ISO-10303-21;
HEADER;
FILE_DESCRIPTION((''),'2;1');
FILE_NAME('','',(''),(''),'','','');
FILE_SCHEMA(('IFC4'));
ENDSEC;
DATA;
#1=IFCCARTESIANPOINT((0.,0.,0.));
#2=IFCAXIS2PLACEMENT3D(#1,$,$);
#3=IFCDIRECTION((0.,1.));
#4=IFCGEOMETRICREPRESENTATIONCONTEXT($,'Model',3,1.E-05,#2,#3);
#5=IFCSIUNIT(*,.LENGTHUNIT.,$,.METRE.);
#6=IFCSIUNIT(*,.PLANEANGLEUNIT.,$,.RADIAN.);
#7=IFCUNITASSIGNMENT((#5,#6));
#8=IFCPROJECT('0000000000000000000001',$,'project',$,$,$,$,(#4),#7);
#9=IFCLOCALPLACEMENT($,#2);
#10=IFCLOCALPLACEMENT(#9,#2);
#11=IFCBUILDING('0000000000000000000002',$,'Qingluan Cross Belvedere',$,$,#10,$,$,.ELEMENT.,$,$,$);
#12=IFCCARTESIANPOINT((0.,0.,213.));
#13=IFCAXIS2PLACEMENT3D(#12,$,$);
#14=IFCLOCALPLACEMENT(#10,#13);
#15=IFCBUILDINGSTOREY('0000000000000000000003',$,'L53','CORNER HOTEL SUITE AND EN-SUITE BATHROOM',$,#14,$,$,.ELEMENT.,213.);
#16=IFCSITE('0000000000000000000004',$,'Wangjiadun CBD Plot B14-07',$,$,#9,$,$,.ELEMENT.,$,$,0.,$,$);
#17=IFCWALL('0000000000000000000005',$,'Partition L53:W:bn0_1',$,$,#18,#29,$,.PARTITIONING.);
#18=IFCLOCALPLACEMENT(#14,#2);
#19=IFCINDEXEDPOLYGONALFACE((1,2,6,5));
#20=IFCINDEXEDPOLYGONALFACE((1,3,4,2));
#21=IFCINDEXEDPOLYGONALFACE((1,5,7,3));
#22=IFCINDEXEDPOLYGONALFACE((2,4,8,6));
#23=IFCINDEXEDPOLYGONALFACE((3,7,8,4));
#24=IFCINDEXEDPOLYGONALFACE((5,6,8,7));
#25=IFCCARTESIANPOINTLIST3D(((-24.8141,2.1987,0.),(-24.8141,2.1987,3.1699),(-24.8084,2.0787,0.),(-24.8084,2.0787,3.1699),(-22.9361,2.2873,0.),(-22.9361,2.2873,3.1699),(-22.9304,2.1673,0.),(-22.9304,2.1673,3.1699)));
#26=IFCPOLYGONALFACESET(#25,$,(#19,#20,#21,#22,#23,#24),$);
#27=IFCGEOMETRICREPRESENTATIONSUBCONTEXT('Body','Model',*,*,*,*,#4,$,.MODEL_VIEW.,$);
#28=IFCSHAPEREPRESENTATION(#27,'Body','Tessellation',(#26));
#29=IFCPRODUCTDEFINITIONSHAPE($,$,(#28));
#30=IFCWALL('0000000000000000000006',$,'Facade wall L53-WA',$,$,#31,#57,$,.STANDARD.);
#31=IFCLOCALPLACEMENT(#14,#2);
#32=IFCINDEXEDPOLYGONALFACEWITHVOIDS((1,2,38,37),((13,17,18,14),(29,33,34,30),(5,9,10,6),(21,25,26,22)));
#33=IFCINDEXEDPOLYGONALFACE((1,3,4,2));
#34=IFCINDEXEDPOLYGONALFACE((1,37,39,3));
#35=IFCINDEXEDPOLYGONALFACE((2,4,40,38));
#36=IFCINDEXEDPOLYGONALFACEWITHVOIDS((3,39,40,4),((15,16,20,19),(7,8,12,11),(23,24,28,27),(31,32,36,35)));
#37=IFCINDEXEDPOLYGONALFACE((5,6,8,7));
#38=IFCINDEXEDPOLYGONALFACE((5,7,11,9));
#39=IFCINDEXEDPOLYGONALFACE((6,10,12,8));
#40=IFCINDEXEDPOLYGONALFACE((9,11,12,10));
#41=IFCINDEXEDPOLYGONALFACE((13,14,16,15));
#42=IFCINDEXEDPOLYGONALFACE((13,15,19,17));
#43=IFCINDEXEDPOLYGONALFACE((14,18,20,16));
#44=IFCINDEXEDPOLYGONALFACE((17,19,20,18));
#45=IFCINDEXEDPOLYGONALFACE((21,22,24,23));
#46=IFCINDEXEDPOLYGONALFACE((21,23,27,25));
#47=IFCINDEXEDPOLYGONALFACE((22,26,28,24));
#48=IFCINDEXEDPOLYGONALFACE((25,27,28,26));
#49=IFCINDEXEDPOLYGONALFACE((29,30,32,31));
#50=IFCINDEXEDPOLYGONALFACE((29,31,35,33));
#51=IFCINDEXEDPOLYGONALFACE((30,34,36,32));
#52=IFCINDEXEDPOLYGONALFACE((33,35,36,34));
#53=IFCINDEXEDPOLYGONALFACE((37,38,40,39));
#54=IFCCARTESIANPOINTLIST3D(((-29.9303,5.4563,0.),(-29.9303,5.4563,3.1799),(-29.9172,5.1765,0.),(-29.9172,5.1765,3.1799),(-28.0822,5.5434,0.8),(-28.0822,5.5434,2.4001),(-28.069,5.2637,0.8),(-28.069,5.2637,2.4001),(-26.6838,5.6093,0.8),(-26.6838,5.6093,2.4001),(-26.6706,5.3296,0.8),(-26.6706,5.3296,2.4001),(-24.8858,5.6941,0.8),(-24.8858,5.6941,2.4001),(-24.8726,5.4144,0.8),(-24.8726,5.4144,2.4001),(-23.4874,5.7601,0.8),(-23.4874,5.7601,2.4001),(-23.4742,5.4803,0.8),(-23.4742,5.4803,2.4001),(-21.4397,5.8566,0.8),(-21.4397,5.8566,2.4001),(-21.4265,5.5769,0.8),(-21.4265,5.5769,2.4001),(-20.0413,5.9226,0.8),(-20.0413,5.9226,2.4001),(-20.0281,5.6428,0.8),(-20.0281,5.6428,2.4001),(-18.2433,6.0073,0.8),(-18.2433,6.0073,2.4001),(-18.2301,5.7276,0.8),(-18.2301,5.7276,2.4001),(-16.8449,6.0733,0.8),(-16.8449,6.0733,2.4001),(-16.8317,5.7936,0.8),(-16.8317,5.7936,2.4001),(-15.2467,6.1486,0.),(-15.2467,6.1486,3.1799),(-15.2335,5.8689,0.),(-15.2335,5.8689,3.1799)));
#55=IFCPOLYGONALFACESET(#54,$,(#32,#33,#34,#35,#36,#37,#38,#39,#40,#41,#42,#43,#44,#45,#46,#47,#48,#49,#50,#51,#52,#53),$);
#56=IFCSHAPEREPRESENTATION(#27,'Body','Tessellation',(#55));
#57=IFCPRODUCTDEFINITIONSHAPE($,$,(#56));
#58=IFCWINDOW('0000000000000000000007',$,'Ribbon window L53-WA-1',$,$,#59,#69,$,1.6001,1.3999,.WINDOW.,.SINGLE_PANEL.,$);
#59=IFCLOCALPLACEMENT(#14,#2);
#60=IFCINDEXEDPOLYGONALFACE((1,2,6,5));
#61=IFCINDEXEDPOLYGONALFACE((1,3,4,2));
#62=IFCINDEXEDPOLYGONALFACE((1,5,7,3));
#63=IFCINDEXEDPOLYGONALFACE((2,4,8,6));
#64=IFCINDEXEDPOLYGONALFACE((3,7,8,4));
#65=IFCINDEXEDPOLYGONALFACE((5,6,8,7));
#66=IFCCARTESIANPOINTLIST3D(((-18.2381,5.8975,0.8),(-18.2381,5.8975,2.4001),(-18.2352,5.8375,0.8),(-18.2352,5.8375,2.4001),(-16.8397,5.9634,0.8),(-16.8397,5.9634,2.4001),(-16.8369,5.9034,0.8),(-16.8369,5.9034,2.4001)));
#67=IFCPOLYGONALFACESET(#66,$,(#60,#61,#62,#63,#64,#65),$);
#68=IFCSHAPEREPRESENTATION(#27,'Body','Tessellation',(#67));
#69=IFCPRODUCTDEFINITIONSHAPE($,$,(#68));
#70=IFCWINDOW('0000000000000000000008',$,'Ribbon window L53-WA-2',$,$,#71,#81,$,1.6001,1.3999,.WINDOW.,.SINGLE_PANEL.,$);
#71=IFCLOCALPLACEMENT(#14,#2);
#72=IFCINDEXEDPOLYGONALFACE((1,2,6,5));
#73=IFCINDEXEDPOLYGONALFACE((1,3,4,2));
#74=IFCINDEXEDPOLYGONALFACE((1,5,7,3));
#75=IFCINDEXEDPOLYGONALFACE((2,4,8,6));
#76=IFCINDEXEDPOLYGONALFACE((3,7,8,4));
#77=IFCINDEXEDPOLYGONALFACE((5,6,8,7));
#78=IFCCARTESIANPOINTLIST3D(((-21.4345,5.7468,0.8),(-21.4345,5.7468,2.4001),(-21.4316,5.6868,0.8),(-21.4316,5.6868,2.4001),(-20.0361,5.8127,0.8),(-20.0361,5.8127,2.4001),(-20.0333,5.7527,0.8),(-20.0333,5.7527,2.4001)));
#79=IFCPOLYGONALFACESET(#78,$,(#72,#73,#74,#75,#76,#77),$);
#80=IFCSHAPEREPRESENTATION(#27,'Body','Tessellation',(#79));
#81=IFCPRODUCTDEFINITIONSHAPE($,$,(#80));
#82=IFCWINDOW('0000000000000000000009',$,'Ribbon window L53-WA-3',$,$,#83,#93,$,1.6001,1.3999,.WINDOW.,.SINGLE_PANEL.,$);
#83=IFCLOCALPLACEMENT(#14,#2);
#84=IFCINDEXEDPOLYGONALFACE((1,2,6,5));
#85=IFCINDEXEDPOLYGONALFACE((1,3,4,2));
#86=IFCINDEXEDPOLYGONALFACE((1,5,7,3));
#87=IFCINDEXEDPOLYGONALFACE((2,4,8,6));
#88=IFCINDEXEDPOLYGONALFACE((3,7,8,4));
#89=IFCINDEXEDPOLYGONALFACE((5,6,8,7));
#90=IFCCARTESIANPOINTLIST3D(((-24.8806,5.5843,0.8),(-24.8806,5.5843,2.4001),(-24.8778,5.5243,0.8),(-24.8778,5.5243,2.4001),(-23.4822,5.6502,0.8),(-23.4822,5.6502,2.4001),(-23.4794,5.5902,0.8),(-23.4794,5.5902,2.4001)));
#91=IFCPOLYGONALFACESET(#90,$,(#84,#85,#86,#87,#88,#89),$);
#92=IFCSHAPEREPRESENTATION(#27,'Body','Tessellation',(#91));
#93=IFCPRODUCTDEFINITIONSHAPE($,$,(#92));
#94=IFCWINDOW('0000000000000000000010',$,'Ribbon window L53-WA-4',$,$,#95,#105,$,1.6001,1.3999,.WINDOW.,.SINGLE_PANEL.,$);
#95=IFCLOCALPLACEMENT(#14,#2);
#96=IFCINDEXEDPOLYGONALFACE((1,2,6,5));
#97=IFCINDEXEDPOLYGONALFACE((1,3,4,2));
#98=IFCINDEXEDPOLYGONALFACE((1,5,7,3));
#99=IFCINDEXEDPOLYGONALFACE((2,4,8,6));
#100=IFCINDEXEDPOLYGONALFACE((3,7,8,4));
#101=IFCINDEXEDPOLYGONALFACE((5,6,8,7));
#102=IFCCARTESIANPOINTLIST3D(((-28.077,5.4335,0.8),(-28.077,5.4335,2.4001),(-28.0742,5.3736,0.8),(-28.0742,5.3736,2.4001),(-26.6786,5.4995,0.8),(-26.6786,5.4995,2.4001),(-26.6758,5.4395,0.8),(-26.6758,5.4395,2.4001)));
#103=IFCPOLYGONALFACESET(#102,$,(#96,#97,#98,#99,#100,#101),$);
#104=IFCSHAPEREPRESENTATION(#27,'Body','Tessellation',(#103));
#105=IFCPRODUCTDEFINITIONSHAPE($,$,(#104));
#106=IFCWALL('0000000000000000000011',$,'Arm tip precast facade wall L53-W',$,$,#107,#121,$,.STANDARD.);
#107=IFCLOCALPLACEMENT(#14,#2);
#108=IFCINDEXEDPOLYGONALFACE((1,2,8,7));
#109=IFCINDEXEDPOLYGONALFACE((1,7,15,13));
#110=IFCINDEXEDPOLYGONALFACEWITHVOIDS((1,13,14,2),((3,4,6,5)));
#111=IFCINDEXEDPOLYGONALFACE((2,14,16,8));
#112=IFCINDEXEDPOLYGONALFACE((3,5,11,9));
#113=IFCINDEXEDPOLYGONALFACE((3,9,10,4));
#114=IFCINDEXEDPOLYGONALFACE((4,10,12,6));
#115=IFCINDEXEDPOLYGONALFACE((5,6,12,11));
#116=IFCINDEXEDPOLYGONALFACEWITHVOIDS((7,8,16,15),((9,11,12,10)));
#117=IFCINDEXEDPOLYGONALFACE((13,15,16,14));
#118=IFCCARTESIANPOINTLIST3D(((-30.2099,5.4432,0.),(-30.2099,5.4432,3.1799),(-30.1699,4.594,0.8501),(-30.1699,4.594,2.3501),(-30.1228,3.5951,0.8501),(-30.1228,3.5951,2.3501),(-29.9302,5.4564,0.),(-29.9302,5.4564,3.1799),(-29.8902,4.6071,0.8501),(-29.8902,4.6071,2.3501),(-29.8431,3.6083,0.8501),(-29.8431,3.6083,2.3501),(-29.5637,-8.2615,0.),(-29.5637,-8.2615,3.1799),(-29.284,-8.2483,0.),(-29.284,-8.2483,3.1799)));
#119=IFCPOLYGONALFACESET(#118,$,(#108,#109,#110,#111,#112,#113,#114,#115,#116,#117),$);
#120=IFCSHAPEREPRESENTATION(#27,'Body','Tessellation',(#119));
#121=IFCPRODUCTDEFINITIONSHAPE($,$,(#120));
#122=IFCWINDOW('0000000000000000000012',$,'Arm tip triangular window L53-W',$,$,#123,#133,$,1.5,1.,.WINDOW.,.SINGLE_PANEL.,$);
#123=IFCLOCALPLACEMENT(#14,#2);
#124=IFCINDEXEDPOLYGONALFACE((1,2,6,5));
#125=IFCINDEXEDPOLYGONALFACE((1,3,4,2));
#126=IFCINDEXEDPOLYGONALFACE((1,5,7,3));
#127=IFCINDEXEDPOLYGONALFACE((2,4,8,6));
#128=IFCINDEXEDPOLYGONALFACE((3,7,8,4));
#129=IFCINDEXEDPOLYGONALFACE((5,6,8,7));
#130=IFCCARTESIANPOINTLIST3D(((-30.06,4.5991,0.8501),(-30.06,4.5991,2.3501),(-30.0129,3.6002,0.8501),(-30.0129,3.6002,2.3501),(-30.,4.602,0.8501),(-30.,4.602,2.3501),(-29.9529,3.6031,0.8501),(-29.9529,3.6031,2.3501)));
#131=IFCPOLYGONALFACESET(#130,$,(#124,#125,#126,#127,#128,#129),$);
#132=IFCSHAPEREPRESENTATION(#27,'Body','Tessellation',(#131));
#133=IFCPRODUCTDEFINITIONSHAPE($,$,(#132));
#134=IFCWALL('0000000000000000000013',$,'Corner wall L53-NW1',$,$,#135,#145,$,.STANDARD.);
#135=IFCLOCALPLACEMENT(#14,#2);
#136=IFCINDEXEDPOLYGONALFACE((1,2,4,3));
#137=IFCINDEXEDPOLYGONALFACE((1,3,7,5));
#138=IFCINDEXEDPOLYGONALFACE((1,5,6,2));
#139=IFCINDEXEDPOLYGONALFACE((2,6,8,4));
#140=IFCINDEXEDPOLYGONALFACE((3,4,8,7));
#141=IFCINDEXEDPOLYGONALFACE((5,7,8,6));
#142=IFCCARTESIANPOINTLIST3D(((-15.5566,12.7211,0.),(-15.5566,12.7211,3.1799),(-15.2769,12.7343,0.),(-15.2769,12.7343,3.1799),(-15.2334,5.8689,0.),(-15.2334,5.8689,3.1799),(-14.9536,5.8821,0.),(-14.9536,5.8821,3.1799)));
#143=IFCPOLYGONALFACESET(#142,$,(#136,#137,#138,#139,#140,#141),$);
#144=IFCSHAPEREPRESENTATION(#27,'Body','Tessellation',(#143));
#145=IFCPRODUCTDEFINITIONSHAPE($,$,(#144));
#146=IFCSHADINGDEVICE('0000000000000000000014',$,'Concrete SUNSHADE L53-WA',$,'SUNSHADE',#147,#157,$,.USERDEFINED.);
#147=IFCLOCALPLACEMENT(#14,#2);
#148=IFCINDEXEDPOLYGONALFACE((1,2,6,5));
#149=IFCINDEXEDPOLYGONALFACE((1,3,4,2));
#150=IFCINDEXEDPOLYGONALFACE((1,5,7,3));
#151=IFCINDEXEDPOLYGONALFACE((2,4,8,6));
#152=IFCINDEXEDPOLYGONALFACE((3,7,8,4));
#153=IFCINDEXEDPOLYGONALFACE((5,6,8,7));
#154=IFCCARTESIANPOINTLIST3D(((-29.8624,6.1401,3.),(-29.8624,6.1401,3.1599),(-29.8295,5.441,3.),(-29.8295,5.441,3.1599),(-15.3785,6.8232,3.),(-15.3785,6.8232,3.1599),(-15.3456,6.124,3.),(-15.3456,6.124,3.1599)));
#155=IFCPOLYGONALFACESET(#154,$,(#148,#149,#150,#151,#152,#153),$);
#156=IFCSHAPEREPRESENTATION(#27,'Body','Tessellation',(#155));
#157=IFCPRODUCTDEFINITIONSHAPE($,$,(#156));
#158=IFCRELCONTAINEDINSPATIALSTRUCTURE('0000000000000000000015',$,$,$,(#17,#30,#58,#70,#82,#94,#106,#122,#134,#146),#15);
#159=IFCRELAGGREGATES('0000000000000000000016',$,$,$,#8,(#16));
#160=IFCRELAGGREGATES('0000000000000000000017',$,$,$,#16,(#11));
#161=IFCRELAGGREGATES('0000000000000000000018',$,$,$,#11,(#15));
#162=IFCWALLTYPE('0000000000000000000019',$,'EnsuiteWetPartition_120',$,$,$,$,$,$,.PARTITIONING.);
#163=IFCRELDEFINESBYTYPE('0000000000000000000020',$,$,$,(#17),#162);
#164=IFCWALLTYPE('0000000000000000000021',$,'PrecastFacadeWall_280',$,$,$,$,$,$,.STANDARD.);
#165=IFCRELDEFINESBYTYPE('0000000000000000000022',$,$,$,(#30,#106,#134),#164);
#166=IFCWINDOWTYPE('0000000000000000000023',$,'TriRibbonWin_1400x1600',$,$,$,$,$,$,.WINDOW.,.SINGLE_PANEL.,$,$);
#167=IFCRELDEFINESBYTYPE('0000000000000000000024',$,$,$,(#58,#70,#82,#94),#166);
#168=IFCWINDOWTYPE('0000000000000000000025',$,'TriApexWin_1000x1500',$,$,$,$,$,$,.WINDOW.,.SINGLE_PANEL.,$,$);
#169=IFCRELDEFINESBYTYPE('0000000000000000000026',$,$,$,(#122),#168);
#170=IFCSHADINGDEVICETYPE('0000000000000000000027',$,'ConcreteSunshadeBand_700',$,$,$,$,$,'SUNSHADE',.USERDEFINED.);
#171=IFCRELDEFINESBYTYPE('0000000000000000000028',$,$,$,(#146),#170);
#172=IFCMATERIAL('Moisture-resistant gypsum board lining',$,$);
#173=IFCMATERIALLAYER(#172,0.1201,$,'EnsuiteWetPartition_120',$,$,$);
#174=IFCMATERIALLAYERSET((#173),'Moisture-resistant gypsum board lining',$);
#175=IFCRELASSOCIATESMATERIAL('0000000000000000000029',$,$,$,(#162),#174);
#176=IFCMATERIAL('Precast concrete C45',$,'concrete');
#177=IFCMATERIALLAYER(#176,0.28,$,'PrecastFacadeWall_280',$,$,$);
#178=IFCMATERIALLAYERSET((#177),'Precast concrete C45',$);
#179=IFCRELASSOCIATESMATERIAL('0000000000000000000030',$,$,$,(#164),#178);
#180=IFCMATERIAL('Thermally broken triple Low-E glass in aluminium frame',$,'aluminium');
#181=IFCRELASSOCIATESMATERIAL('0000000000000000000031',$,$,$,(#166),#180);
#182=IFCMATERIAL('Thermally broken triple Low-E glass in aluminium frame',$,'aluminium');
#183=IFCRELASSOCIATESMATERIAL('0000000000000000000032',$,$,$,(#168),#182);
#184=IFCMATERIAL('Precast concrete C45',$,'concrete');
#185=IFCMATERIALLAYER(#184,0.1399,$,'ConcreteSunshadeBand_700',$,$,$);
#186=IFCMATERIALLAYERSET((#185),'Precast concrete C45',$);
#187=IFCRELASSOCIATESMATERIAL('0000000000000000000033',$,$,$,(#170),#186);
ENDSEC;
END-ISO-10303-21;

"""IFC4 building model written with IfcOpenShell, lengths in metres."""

from ifc_helpers import new_model, si_unit, direction, frame, frame_2d, origin, origin_2d, place, context, subcontext, project, spatial, rectangle, extrude, material, layer, layer_set, type_object, element, fill, save


model = new_model("IFC4")

# Units and contexts
model_context = context("Model", 3, precision=1e-05, world=origin(), true_north=direction((0.0, 1.0)))
body_context = subcontext(model_context, "Body", "Model", "MODEL_VIEW")
ifc_project = project(units=[si_unit("LENGTHUNIT", "METRE"), si_unit("PLANEANGLEUNIT", "RADIAN")], contexts=[model_context])

# Site, building, storey
site_placement = place(None, origin())
site = spatial("IfcSite", under=ifc_project, at=site_placement, Name="Wangjiadun CBD Plot B14-07", CompositionType="ELEMENT", RefElevation=0.0)
building_placement = place(site_placement, origin())
building = spatial("IfcBuilding", under=site, at=building_placement, Name="Qingluan Cross Belvedere", CompositionType="ELEMENT")
storey_placement = place(building_placement, frame((0.0, 0.0, 213.0)))
storey = spatial("IfcBuildingStorey", under=building, at=storey_placement, Name="L53", Description="CORNER HOTEL SUITE AND EN-SUITE BATHROOM", CompositionType="ELEMENT", Elevation=213.0)

# Shared definitions
ifc_material_1 = material(Name="Moisture-resistant gypsum board lining")
ifc_layer_1 = layer(ifc_material_1, 0.1201, Name="EnsuiteWetPartition_120")
ifc_layer_set_1 = layer_set([ifc_layer_1], Name="Moisture-resistant gypsum board lining")
wall_type_1 = type_object("IfcWallType", Name="EnsuiteWetPartition_120", PredefinedType="PARTITIONING", material=ifc_layer_set_1)

# Wall
wall_1_placement = place(storey_placement, frame((-22.9333, 2.2273, 0.0), z_axis=(0.0, 0.0, 1.0), x_axis=(-0.998888, -0.047139, 0.0)))
element("IfcWall", 1, at=wall_1_placement, inside=storey, type_object=wall_type_1, Name="Partition L53:W:bn0_1", PredefinedType="PARTITIONING", context=body_context, shape_type="SweptSolid", body=[
    extrude(rectangle(XDim=1.8801, YDim=0.1201, at=frame_2d((0.9399, 0.0))), origin(), (0.0, 0.0, 1.0), 3.1699),
])

# Wall, openings, windows
ifc_material_2 = material(Name="Precast concrete C45", Category="concrete")
ifc_layer_2 = layer(ifc_material_2, 0.28, Name="PrecastFacadeWall_280")
ifc_layer_set_2 = layer_set([ifc_layer_2], Name="Precast concrete C45")
wall_type_2 = type_object("IfcWallType", Name="PrecastFacadeWall_280", PredefinedType="STANDARD", material=ifc_layer_set_2)
wall_2_placement = place(storey_placement, frame((-15.24, 6.0088, 0.0), z_axis=(0.0, 0.0, 1.0), x_axis=(-0.99889, -0.047101, 0.0)))
wall_2 = element("IfcWall", 2, at=wall_2_placement, inside=storey, type_object=wall_type_2, Name="Facade wall L53-WA", PredefinedType="STANDARD", context=body_context, shape_type="SweptSolid", body=[
    extrude(rectangle(XDim=14.7, YDim=0.28, at=frame_2d((7.3501, 0.0))), origin(), (0.0, 0.0, 1.0), 3.1799),
])
opening_1_placement = place(wall_2_placement, frame((1.6001, 0.0, 0.8)))
opening_1 = element("IfcOpeningElement", 3, at=opening_1_placement, cuts=wall_2, PredefinedType="OPENING", context=body_context, shape_type="SweptSolid", body=[
    extrude(rectangle(XDim=1.3999, YDim=1.6001, at=frame_2d((0.7, 0.8))), frame((0.0, 0.1499, 0.0), z_axis=(0.0, -1.0, 0.0), x_axis=(1.0, 0.0, 0.0)), (0.0, 0.0, 1.0), 0.3),
])
opening_2_placement = place(wall_2_placement, frame((4.8, 0.0, 0.8)))
opening_2 = element("IfcOpeningElement", 4, at=opening_2_placement, cuts=wall_2, PredefinedType="OPENING", context=body_context, shape_type="SweptSolid", body=[
    extrude(rectangle(XDim=1.3999, YDim=1.6001, at=frame_2d((0.7, 0.8))), frame((0.0, 0.1499, 0.0), z_axis=(0.0, -1.0, 0.0), x_axis=(1.0, 0.0, 0.0)), (0.0, 0.0, 1.0), 0.3),
])
opening_3_placement = place(wall_2_placement, frame((8.25, 0.0, 0.8)))
opening_3 = element("IfcOpeningElement", 5, at=opening_3_placement, cuts=wall_2, PredefinedType="OPENING", context=body_context, shape_type="SweptSolid", body=[
    extrude(rectangle(XDim=1.3999, YDim=1.6001, at=frame_2d((0.7, 0.8))), frame((0.0, 0.1499, 0.0), z_axis=(0.0, -1.0, 0.0), x_axis=(1.0, 0.0, 0.0)), (0.0, 0.0, 1.0), 0.3),
])
opening_4_placement = place(wall_2_placement, frame((11.45, 0.0, 0.8)))
opening_4 = element("IfcOpeningElement", 6, at=opening_4_placement, cuts=wall_2, PredefinedType="OPENING", context=body_context, shape_type="SweptSolid", body=[
    extrude(rectangle(XDim=1.3999, YDim=1.6001, at=frame_2d((0.7, 0.8))), frame((0.0, 0.1499, 0.0), z_axis=(0.0, -1.0, 0.0), x_axis=(1.0, 0.0, 0.0)), (0.0, 0.0, 1.0), 0.3),
])
ifc_material_3 = material(Name="Thermally broken triple Low-E glass in aluminium frame", Category="aluminium")
window_type_1 = type_object("IfcWindowType", Name="TriRibbonWin_1400x1600", PartitioningType="SINGLE_PANEL", PredefinedType="WINDOW", material=ifc_material_3)
window_1_placement = place(opening_1_placement, origin())
window_1 = element("IfcWindow", 7, at=window_1_placement, inside=storey, type_object=window_type_1, Name="Ribbon window L53-WA-1", OverallHeight=1.6001, OverallWidth=1.3999, PartitioningType="SINGLE_PANEL", PredefinedType="WINDOW", context=body_context, shape_type="SweptSolid", body=[
    extrude(rectangle(XDim=1.3999, YDim=1.6001, at=frame_2d((0.7, 0.8))), frame((0.0, 0.03, 0.0), z_axis=(0.0, -1.0, 0.0), x_axis=(1.0, 0.0, 0.0)), (0.0, 0.0, 1.0), 0.0601),
])
fill(opening_1, window_1)
window_2_placement = place(opening_2_placement, origin())
window_2 = element("IfcWindow", 8, at=window_2_placement, inside=storey, type_object=window_type_1, Name="Ribbon window L53-WA-2", OverallHeight=1.6001, OverallWidth=1.3999, PartitioningType="SINGLE_PANEL", PredefinedType="WINDOW", context=body_context, shape_type="SweptSolid", body=[
    extrude(rectangle(XDim=1.3999, YDim=1.6001, at=frame_2d((0.7, 0.8))), frame((0.0, 0.03, 0.0), z_axis=(0.0, -1.0, 0.0), x_axis=(1.0, 0.0, 0.0)), (0.0, 0.0, 1.0), 0.0601),
])
fill(opening_2, window_2)
window_3_placement = place(opening_3_placement, origin())
window_3 = element("IfcWindow", 9, at=window_3_placement, inside=storey, type_object=window_type_1, Name="Ribbon window L53-WA-3", OverallHeight=1.6001, OverallWidth=1.3999, PartitioningType="SINGLE_PANEL", PredefinedType="WINDOW", context=body_context, shape_type="SweptSolid", body=[
    extrude(rectangle(XDim=1.3999, YDim=1.6001, at=frame_2d((0.7, 0.8))), frame((0.0, 0.03, 0.0), z_axis=(0.0, -1.0, 0.0), x_axis=(1.0, 0.0, 0.0)), (0.0, 0.0, 1.0), 0.0601),
])
fill(opening_3, window_3)
window_4_placement = place(opening_4_placement, origin())
window_4 = element("IfcWindow", 10, at=window_4_placement, inside=storey, type_object=window_type_1, Name="Ribbon window L53-WA-4", OverallHeight=1.6001, OverallWidth=1.3999, PartitioningType="SINGLE_PANEL", PredefinedType="WINDOW", context=body_context, shape_type="SweptSolid", body=[
    extrude(rectangle(XDim=1.3999, YDim=1.6001, at=frame_2d((0.7, 0.8))), frame((0.0, 0.03, 0.0), z_axis=(0.0, -1.0, 0.0), x_axis=(1.0, 0.0, 0.0)), (0.0, 0.0, 1.0), 0.0601),
])
fill(opening_4, window_4)

# Wall, opening, window
wall_3_placement = place(storey_placement, frame((-30.0701, 5.4497, 0.0), z_axis=(0.0, 0.0, 1.0), x_axis=(0.047102, -0.99889, 0.0)))
wall_3 = element("IfcWall", 11, at=wall_3_placement, inside=storey, type_object=wall_type_2, Name="Arm tip precast facade wall L53-W", PredefinedType="STANDARD", context=body_context, shape_type="SweptSolid", body=[
    extrude(rectangle(XDim=13.72, YDim=0.28, at=frame_2d((6.8599, 0.0))), origin(), (0.0, 0.0, 1.0), 3.1799),
])
opening_5_placement = place(wall_3_placement, frame((0.8501, 0.0, 0.8501)))
opening_5 = element("IfcOpeningElement", 12, at=opening_5_placement, cuts=wall_3, PredefinedType="OPENING", context=body_context, shape_type="SweptSolid", body=[
    extrude(rectangle(XDim=1.0, YDim=1.5, at=frame_2d((0.5, 0.75))), frame((0.0, 0.1499, 0.0), z_axis=(0.0, -1.0, 0.0), x_axis=(1.0, 0.0, 0.0)), (0.0, 0.0, 1.0), 0.3),
])
ifc_material_4 = material(Name="Thermally broken triple Low-E glass in aluminium frame", Category="aluminium")
window_type_2 = type_object("IfcWindowType", Name="TriApexWin_1000x1500", PartitioningType="SINGLE_PANEL", PredefinedType="WINDOW", material=ifc_material_4)
window_5_placement = place(opening_5_placement, origin())
window_5 = element("IfcWindow", 13, at=window_5_placement, inside=storey, type_object=window_type_2, Name="Arm tip triangular window L53-W", OverallHeight=1.5, OverallWidth=1.0, PartitioningType="SINGLE_PANEL", PredefinedType="WINDOW", context=body_context, shape_type="SweptSolid", body=[
    extrude(rectangle(XDim=1.0, YDim=1.5, at=frame_2d((0.5, 0.75))), frame((0.0, 0.03, 0.0), z_axis=(0.0, -1.0, 0.0), x_axis=(1.0, 0.0, 0.0)), (0.0, 0.0, 1.0), 0.0601),
])
fill(opening_5, window_5)

# Wall
wall_4_placement = place(storey_placement, frame((-15.0935, 5.8755, 0.0), z_axis=(0.0, 0.0, 1.0), x_axis=(-0.04712, 0.998889, 0.0)))
element("IfcWall", 14, at=wall_4_placement, inside=storey, type_object=wall_type_2, Name="Corner wall L53-NW1", PredefinedType="STANDARD", context=body_context, shape_type="SweptSolid", body=[
    extrude(rectangle(XDim=6.8599, YDim=0.28, at=frame_2d((3.4299, 0.0))), origin(), (0.0, 0.0, 1.0), 3.1799),
])

# Shading device
ifc_material_5 = material(Name="Precast concrete C45", Category="concrete")
ifc_layer_3 = layer(ifc_material_5, 0.1399, Name="ConcreteSunshadeBand_700")
ifc_layer_set_3 = layer_set([ifc_layer_3], Name="Precast concrete C45")
shading_device_type = type_object("IfcShadingDeviceType", Name="ConcreteSunshadeBand_700", ElementType="SUNSHADE", PredefinedType="USERDEFINED", material=ifc_layer_set_3)
shading_device_placement = place(storey_placement, frame((-22.604, 6.1321, 3.0), z_axis=(0.0, 0.0, 1.0), x_axis=(-0.99889, -0.047109, 0.0)))
element("IfcShadingDevice", 15, at=shading_device_placement, inside=storey, type_object=shading_device_type, Name="Concrete SUNSHADE L53-WA", ObjectType="SUNSHADE", PredefinedType="USERDEFINED", context=body_context, shape_type="SweptSolid", body=[
    extrude(rectangle(XDim=14.5, YDim=0.7, at=origin_2d()), origin(), (0.0, 0.0, 1.0), 0.1599),
])

save(model, "model.ifc")
